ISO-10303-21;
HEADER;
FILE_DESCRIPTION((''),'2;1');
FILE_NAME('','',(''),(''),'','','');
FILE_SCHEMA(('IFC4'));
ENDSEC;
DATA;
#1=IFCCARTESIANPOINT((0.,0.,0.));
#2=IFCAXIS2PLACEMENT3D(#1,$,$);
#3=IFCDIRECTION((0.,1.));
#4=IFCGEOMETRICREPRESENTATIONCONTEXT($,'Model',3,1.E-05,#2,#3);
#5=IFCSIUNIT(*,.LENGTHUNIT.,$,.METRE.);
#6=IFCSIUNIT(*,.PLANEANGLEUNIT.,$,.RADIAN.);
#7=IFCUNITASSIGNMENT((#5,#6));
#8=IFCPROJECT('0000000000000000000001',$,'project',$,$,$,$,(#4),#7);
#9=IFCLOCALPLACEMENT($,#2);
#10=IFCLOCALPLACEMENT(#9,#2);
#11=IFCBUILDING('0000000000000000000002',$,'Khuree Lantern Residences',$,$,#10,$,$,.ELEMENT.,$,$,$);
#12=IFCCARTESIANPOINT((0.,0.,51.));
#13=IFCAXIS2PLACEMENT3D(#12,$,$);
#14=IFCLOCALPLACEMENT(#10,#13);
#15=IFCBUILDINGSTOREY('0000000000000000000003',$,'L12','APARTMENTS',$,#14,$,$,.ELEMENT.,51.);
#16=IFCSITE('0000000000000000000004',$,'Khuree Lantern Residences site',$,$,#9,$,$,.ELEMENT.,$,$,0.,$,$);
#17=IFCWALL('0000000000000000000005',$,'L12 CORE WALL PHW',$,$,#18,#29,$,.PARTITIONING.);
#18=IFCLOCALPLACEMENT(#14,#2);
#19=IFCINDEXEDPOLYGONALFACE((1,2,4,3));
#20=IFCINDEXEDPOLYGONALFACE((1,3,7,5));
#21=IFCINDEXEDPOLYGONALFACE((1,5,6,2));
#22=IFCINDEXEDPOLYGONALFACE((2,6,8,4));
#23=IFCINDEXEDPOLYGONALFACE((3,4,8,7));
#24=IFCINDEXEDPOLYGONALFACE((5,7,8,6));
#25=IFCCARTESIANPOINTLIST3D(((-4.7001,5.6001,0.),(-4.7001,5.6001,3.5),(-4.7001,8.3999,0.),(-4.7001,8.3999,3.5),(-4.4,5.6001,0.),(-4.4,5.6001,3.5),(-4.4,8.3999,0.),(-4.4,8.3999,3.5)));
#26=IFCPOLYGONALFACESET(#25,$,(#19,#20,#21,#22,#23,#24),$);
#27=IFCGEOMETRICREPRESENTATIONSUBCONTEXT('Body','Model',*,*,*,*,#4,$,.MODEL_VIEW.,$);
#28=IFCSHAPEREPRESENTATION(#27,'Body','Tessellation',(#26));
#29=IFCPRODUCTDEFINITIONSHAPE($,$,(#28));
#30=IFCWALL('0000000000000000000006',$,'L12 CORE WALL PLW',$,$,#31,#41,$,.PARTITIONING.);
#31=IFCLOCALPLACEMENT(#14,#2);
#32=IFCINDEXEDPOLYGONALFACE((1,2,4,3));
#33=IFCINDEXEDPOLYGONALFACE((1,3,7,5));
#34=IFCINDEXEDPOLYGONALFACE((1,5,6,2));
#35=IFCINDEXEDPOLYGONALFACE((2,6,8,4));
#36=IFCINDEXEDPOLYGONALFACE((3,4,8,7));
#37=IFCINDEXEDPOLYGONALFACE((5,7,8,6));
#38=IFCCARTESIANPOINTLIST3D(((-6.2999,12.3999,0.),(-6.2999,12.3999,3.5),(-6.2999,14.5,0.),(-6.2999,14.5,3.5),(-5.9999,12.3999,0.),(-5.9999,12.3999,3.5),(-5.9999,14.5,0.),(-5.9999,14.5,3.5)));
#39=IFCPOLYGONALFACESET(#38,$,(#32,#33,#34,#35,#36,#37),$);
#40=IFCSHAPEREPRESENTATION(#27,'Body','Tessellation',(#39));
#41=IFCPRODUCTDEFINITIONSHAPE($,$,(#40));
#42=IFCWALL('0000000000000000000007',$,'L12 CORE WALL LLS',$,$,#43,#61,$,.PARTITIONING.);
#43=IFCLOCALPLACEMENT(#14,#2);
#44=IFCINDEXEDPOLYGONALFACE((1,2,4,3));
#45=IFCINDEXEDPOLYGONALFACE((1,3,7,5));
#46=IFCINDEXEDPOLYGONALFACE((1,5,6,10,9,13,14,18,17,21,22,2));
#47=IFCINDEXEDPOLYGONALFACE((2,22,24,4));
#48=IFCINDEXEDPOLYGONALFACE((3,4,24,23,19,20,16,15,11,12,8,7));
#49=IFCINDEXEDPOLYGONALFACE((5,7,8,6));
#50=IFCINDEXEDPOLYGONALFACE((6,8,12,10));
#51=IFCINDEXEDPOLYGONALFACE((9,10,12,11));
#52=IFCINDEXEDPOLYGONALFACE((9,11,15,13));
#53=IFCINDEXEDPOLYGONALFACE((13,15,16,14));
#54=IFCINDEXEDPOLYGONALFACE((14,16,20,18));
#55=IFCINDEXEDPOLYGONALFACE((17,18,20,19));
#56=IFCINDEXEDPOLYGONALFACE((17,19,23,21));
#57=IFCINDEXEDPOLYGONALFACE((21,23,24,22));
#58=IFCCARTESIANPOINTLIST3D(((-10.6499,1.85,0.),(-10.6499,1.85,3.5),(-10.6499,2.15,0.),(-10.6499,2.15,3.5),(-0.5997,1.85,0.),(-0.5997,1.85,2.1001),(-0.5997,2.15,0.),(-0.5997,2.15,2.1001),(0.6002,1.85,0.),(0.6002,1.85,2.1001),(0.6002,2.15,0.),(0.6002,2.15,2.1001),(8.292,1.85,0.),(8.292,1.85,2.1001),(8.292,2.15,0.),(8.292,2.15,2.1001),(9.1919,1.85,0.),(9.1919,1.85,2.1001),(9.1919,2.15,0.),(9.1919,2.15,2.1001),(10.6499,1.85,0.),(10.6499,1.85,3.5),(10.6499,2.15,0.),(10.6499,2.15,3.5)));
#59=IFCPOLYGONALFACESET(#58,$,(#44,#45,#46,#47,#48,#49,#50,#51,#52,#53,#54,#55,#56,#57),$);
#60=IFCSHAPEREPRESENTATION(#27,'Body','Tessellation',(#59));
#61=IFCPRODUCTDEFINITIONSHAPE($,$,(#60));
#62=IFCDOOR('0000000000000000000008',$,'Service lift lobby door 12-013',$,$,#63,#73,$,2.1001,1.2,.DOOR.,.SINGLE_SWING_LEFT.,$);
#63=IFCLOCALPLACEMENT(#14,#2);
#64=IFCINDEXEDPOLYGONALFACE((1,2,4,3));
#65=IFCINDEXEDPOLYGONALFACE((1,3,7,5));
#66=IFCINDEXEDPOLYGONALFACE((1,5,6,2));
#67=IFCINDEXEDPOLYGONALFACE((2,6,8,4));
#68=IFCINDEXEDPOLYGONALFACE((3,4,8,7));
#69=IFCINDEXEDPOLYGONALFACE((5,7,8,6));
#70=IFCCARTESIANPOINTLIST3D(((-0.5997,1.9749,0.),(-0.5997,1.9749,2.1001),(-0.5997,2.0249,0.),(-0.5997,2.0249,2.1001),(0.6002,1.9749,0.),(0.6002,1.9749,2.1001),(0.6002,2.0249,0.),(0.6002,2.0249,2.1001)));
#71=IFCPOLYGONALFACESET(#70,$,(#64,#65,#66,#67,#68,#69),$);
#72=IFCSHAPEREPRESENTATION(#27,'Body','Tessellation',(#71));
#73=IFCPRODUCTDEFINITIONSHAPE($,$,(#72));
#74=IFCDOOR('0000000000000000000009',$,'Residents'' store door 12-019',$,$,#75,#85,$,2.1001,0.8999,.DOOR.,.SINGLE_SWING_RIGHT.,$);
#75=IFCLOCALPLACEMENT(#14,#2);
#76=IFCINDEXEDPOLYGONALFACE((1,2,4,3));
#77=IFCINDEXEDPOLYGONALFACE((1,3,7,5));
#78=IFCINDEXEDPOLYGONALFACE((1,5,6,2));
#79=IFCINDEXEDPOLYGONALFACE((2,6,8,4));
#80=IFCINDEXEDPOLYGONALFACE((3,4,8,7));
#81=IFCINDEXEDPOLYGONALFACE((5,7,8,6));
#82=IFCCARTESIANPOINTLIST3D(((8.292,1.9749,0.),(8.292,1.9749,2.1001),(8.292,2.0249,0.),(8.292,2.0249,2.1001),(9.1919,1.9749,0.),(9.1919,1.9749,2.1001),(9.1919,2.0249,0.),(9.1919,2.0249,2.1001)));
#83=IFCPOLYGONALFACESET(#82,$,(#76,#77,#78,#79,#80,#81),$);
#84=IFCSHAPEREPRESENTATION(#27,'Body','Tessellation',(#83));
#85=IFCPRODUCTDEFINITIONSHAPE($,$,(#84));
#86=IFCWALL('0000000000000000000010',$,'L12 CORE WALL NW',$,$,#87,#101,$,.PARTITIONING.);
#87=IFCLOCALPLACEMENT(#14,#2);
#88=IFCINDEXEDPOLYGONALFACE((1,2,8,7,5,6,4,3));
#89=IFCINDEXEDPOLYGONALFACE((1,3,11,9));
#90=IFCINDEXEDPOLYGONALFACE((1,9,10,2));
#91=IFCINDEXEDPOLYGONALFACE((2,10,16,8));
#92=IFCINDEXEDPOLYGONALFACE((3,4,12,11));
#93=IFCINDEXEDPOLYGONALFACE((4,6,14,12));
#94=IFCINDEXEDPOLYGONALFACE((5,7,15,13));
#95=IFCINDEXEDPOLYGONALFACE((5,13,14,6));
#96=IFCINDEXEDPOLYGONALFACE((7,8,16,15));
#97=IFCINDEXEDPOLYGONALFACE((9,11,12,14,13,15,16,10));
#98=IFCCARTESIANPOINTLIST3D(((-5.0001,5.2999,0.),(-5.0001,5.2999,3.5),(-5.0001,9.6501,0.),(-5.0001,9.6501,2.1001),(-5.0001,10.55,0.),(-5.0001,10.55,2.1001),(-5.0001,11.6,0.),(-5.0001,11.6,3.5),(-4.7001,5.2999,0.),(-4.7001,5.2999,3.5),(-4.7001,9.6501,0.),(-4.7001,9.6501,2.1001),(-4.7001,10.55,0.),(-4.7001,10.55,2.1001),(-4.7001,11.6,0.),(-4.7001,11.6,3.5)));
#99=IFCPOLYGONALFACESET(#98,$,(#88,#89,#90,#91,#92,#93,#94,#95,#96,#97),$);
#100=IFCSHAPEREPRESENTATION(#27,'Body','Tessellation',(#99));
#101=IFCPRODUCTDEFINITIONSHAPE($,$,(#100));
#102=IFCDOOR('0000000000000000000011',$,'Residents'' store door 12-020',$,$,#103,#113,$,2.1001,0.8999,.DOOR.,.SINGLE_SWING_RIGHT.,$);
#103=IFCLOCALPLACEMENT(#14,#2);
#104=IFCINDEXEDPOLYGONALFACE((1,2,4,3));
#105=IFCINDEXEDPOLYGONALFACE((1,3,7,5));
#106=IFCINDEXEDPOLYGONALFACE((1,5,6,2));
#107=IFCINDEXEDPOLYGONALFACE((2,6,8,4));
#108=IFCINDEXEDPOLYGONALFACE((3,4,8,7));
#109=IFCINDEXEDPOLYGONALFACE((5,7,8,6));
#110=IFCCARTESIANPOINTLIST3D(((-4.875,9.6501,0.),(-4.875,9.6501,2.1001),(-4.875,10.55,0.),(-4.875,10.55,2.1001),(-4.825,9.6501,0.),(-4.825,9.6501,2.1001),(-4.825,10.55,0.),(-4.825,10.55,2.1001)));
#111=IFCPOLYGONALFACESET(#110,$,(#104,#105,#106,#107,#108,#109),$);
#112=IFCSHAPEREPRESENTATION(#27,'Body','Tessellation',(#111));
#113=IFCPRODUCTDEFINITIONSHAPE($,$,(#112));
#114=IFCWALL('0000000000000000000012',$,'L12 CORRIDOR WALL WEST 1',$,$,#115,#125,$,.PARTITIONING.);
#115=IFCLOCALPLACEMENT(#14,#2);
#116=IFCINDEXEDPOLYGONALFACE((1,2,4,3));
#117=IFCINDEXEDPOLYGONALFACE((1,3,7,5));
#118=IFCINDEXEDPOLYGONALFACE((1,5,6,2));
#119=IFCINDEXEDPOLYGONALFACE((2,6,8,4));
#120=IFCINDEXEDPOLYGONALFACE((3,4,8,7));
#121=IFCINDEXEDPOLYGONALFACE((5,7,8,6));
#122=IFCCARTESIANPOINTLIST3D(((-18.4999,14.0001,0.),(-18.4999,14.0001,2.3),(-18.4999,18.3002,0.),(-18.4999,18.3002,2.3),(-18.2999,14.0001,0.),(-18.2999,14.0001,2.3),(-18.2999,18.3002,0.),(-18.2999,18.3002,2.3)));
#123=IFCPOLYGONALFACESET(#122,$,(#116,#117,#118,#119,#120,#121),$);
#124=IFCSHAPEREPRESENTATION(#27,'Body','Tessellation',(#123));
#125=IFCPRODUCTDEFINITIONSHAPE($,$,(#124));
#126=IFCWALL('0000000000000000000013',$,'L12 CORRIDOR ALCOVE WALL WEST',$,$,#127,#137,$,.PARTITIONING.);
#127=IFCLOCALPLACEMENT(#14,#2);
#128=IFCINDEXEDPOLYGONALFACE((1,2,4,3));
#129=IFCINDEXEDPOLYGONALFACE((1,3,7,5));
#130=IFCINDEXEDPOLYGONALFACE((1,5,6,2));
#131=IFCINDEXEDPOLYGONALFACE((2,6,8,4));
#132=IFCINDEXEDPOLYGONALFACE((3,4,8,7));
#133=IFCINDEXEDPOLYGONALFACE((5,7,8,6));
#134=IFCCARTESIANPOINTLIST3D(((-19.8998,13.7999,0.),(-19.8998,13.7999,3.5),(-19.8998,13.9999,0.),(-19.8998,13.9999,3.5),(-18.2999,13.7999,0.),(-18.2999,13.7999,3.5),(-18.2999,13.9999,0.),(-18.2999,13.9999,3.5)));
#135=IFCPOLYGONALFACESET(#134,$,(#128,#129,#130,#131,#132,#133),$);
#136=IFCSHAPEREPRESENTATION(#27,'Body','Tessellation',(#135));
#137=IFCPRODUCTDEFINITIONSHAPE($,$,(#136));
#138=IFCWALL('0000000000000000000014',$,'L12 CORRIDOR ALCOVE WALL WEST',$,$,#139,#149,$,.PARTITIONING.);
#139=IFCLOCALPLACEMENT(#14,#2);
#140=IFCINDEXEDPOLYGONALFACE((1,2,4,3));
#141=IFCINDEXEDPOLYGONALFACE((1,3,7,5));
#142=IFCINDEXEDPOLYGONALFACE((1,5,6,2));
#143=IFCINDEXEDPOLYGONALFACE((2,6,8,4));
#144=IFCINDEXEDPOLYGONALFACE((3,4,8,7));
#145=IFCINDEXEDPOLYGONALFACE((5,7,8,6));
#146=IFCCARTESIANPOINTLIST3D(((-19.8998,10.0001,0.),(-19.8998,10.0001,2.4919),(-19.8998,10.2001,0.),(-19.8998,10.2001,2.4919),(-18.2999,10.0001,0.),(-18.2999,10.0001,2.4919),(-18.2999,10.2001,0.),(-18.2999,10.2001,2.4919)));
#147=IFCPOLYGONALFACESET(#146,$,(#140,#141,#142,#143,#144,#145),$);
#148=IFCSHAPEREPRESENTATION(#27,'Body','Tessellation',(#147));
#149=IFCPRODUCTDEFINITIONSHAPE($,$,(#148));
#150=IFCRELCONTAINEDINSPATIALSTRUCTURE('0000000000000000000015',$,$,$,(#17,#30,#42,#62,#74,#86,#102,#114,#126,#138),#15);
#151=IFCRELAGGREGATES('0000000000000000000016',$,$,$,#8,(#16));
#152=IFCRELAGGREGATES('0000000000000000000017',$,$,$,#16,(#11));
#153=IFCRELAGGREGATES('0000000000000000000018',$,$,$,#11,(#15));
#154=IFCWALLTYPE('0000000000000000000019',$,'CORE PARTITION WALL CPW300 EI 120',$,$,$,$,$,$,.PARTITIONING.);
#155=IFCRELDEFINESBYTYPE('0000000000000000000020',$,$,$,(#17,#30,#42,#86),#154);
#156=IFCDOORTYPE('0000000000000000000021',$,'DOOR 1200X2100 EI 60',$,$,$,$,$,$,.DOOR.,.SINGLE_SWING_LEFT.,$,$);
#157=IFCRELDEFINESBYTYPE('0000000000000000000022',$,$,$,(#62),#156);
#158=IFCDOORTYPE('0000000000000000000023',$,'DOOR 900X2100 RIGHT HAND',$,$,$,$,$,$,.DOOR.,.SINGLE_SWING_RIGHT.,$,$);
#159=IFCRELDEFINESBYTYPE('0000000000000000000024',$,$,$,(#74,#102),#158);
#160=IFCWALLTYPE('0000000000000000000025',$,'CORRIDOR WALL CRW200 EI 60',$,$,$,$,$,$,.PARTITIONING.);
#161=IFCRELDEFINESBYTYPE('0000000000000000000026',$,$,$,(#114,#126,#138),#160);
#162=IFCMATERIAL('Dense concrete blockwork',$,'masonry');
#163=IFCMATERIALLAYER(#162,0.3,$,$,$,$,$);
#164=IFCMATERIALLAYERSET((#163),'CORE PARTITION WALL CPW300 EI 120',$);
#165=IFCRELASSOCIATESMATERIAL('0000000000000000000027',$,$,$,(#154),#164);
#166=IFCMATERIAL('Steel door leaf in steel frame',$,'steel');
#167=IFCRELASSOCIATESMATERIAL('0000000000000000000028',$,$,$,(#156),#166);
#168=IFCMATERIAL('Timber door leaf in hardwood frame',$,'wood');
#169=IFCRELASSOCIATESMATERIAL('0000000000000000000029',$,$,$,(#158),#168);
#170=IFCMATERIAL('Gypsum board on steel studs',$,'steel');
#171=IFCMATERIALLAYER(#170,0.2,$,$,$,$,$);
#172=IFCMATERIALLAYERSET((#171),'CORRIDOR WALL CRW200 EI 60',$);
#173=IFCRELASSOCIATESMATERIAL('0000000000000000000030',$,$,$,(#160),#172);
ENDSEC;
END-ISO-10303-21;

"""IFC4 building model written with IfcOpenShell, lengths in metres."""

from ifc_helpers import new_model, si_unit, direction, frame, frame_2d, origin, place, context, subcontext, project, spatial, rectangle, extrude, material, layer, layer_set, type_object, element, fill, save


model = new_model("IFC4")

# Units and contexts
model_context = context("Model", 3, precision=1e-05, world=origin(), true_north=direction((0.0, 1.0)))
body_context = subcontext(model_context, "Body", "Model", "MODEL_VIEW")
ifc_project = project(units=[si_unit("LENGTHUNIT", "METRE"), si_unit("PLANEANGLEUNIT", "RADIAN")], contexts=[model_context])

# Site, building, storey
site_placement = place(None, origin())
site = spatial("IfcSite", under=ifc_project, at=site_placement, Name="Khuree Lantern Residences site", CompositionType="ELEMENT", RefElevation=0.0)
building_placement = place(site_placement, origin())
building = spatial("IfcBuilding", under=site, at=building_placement, Name="Khuree Lantern Residences", CompositionType="ELEMENT")
storey_placement = place(building_placement, frame((0.0, 0.0, 51.0)))
storey = spatial("IfcBuildingStorey", under=building, at=storey_placement, Name="L12", Description="APARTMENTS", CompositionType="ELEMENT", Elevation=51.0)

# Walls
ifc_material_1 = material(Name="Dense concrete blockwork", Category="masonry")
ifc_layer_1 = layer(ifc_material_1, 0.3)
ifc_layer_set_1 = layer_set([ifc_layer_1], Name="CORE PARTITION WALL CPW300 EI 120")
wall_type_1 = type_object("IfcWallType", Name="CORE PARTITION WALL CPW300 EI 120", PredefinedType="PARTITIONING", material=ifc_layer_set_1)
wall_1_placement = place(storey_placement, frame((-4.55, 5.6001, 0.0), z_axis=(0.0, 0.0, 1.0), x_axis=(0.0, 1.0, 0.0)))
element("IfcWall", 1, at=wall_1_placement, inside=storey, type_object=wall_type_1, Name="L12 CORE WALL PHW", PredefinedType="PARTITIONING", context=body_context, shape_type="SweptSolid", body=[
    extrude(rectangle(XDim=2.7998, YDim=0.3, at=frame_2d((1.3999, 0.0))), origin(), (0.0, 0.0, 1.0), 3.5),
])
wall_2_placement = place(storey_placement, frame((-6.1499, 12.3999, 0.0), z_axis=(0.0, 0.0, 1.0), x_axis=(0.0, 1.0, 0.0)))
element("IfcWall", 2, at=wall_2_placement, inside=storey, type_object=wall_type_1, Name="L12 CORE WALL PLW", PredefinedType="PARTITIONING", context=body_context, shape_type="SweptSolid", body=[
    extrude(rectangle(XDim=2.1001, YDim=0.3, at=frame_2d((1.05, 0.0))), origin(), (0.0, 0.0, 1.0), 3.5),
])

# Wall, openings, doors
wall_3_placement = place(storey_placement, frame((-10.6499, 2.0, 0.0), z_axis=(0.0, 0.0, 1.0), x_axis=(1.0, 0.0, 0.0)))
wall_3 = element("IfcWall", 3, at=wall_3_placement, inside=storey, type_object=wall_type_1, Name="L12 CORE WALL LLS", PredefinedType="PARTITIONING", context=body_context, shape_type="SweptSolid", body=[
    extrude(rectangle(XDim=21.2998, YDim=0.3, at=frame_2d((10.6499, 0.0))), origin(), (0.0, 0.0, 1.0), 3.5),
])
opening_1_placement = place(wall_3_placement, frame((10.05, 0.0, 0.0)))
opening_1 = element("IfcOpeningElement", 4, at=opening_1_placement, cuts=wall_3, PredefinedType="OPENING", context=body_context, shape_type="SweptSolid", body=[
    extrude(rectangle(XDim=1.2, YDim=2.1001, at=frame_2d((0.6001, 1.05))), frame((0.0, 0.1602, 0.0), z_axis=(0.0, -1.0, 0.0), x_axis=(1.0, 0.0, 0.0)), (0.0, 0.0, 1.0), 0.3201),
])
opening_2_placement = place(wall_3_placement, frame((18.9419, 0.0, 0.0)))
opening_2 = element("IfcOpeningElement", 5, at=opening_2_placement, cuts=wall_3, PredefinedType="OPENING", context=body_context, shape_type="SweptSolid", body=[
    extrude(rectangle(XDim=0.8999, YDim=2.1001, at=frame_2d((0.45, 1.05))), frame((0.0, 0.1602, 0.0), z_axis=(0.0, -1.0, 0.0), x_axis=(1.0, 0.0, 0.0)), (0.0, 0.0, 1.0), 0.3201),
])
ifc_material_2 = material(Name="Steel door leaf in steel frame", Category="steel")
door_type_1 = type_object("IfcDoorType", Name="DOOR 1200X2100 EI 60", OperationType="SINGLE_SWING_LEFT", PredefinedType="DOOR", material=ifc_material_2)
door_1_placement = place(opening_1_placement, origin())
door_1 = element("IfcDoor", 6, at=door_1_placement, inside=storey, type_object=door_type_1, Name="Service lift lobby door 12-013", OperationType="SINGLE_SWING_LEFT", OverallHeight=2.1001, OverallWidth=1.2, PredefinedType="DOOR", context=body_context, shape_type="SweptSolid", body=[
    extrude(rectangle(XDim=1.2, YDim=2.1001, at=frame_2d((0.6001, 1.05))), frame((0.0, 0.0249, 0.0), z_axis=(0.0, -1.0, 0.0), x_axis=(1.0, 0.0, 0.0)), (0.0, 0.0, 1.0), 0.05),
])
fill(opening_1, door_1)
ifc_material_3 = material(Name="Timber door leaf in hardwood frame", Category="wood")
door_type_2 = type_object("IfcDoorType", Name="DOOR 900X2100 RIGHT HAND", OperationType="SINGLE_SWING_RIGHT", PredefinedType="DOOR", material=ifc_material_3)
door_2_placement = place(opening_2_placement, origin())
door_2 = element("IfcDoor", 7, at=door_2_placement, inside=storey, type_object=door_type_2, Name="Residents' store door 12-019", OperationType="SINGLE_SWING_RIGHT", OverallHeight=2.1001, OverallWidth=0.8999, PredefinedType="DOOR", context=body_context, shape_type="SweptSolid", body=[
    extrude(rectangle(XDim=0.8999, YDim=2.1001, at=frame_2d((0.45, 1.05))), frame((0.0, 0.0249, 0.0), z_axis=(0.0, -1.0, 0.0), x_axis=(1.0, 0.0, 0.0)), (0.0, 0.0, 1.0), 0.05),
])
fill(opening_2, door_2)

# Wall, opening, door
wall_4_placement = place(storey_placement, frame((-4.8501, 5.3, 0.0), z_axis=(0.0, 0.0, 1.0), x_axis=(0.0, 1.0, 0.0)))
wall_4 = element("IfcWall", 8, at=wall_4_placement, inside=storey, type_object=wall_type_1, Name="L12 CORE WALL NW", PredefinedType="PARTITIONING", context=body_context, shape_type="SweptSolid", body=[
    extrude(rectangle(XDim=6.3, YDim=0.3, at=frame_2d((3.1499, 0.0))), origin(), (0.0, 0.0, 1.0), 3.5),
])
opening_3_placement = place(wall_4_placement, frame((4.3501, 0.0, 0.0)))
opening_3 = element("IfcOpeningElement", 9, at=opening_3_placement, cuts=wall_4, PredefinedType="OPENING", context=body_context, shape_type="SweptSolid", body=[
    extrude(rectangle(XDim=0.8999, YDim=2.1001, at=frame_2d((0.45, 1.05))), frame((0.0, 0.1602, 0.0), z_axis=(0.0, -1.0, 0.0), x_axis=(1.0, 0.0, 0.0)), (0.0, 0.0, 1.0), 0.3201),
])
door_3_placement = place(opening_3_placement, origin())
door_3 = element("IfcDoor", 10, at=door_3_placement, inside=storey, type_object=door_type_2, Name="Residents' store door 12-020", OperationType="SINGLE_SWING_RIGHT", OverallHeight=2.1001, OverallWidth=0.8999, PredefinedType="DOOR", context=body_context, shape_type="SweptSolid", body=[
    extrude(rectangle(XDim=0.8999, YDim=2.1001, at=frame_2d((0.45, 1.05))), frame((0.0, 0.0249, 0.0), z_axis=(0.0, -1.0, 0.0), x_axis=(1.0, 0.0, 0.0)), (0.0, 0.0, 1.0), 0.05),
])
fill(opening_3, door_3)

# Walls
ifc_material_4 = material(Name="Gypsum board on steel studs", Category="steel")
ifc_layer_2 = layer(ifc_material_4, 0.2)
ifc_layer_set_2 = layer_set([ifc_layer_2], Name="CORRIDOR WALL CRW200 EI 60")
wall_type_2 = type_object("IfcWallType", Name="CORRIDOR WALL CRW200 EI 60", PredefinedType="PARTITIONING", material=ifc_layer_set_2)
wall_5_placement = place(storey_placement, frame((-18.3999, 18.3, 0.0), z_axis=(0.0, 0.0, 1.0), x_axis=(0.0, -1.0, 0.0)))
element("IfcWall", 11, at=wall_5_placement, inside=storey, type_object=wall_type_2, Name="L12 CORRIDOR WALL WEST 1", PredefinedType="PARTITIONING", context=body_context, shape_type="SweptSolid", body=[
    extrude(rectangle(XDim=4.3, YDim=0.2, at=frame_2d((2.1499, 0.0))), origin(), (0.0, 0.0, 1.0), 2.3),
])
wall_6_placement = place(storey_placement, frame((-18.3, 13.8999, 0.0), z_axis=(0.0, 0.0, 1.0), x_axis=(-1.0, 0.0, 0.0)))
element("IfcWall", 12, at=wall_6_placement, inside=storey, type_object=wall_type_2, Name="L12 CORRIDOR ALCOVE WALL WEST", PredefinedType="PARTITIONING", context=body_context, shape_type="SweptSolid", body=[
    extrude(rectangle(XDim=1.5999, YDim=0.2, at=frame_2d((0.7998, 0.0))), origin(), (0.0, 0.0, 1.0), 3.5),
])
wall_7_placement = place(storey_placement, frame((-18.3, 10.1001, 0.0), z_axis=(0.0, 0.0, 1.0), x_axis=(-1.0, 0.0, 0.0)))
element("IfcWall", 13, at=wall_7_placement, inside=storey, type_object=wall_type_2, Name="L12 CORRIDOR ALCOVE WALL WEST", PredefinedType="PARTITIONING", context=body_context, shape_type="SweptSolid", body=[
    extrude(rectangle(XDim=1.5999, YDim=0.2, at=frame_2d((0.7998, 0.0))), origin(), (0.0, 0.0, 1.0), 2.4919),
])

save(model, "model.ifc")
